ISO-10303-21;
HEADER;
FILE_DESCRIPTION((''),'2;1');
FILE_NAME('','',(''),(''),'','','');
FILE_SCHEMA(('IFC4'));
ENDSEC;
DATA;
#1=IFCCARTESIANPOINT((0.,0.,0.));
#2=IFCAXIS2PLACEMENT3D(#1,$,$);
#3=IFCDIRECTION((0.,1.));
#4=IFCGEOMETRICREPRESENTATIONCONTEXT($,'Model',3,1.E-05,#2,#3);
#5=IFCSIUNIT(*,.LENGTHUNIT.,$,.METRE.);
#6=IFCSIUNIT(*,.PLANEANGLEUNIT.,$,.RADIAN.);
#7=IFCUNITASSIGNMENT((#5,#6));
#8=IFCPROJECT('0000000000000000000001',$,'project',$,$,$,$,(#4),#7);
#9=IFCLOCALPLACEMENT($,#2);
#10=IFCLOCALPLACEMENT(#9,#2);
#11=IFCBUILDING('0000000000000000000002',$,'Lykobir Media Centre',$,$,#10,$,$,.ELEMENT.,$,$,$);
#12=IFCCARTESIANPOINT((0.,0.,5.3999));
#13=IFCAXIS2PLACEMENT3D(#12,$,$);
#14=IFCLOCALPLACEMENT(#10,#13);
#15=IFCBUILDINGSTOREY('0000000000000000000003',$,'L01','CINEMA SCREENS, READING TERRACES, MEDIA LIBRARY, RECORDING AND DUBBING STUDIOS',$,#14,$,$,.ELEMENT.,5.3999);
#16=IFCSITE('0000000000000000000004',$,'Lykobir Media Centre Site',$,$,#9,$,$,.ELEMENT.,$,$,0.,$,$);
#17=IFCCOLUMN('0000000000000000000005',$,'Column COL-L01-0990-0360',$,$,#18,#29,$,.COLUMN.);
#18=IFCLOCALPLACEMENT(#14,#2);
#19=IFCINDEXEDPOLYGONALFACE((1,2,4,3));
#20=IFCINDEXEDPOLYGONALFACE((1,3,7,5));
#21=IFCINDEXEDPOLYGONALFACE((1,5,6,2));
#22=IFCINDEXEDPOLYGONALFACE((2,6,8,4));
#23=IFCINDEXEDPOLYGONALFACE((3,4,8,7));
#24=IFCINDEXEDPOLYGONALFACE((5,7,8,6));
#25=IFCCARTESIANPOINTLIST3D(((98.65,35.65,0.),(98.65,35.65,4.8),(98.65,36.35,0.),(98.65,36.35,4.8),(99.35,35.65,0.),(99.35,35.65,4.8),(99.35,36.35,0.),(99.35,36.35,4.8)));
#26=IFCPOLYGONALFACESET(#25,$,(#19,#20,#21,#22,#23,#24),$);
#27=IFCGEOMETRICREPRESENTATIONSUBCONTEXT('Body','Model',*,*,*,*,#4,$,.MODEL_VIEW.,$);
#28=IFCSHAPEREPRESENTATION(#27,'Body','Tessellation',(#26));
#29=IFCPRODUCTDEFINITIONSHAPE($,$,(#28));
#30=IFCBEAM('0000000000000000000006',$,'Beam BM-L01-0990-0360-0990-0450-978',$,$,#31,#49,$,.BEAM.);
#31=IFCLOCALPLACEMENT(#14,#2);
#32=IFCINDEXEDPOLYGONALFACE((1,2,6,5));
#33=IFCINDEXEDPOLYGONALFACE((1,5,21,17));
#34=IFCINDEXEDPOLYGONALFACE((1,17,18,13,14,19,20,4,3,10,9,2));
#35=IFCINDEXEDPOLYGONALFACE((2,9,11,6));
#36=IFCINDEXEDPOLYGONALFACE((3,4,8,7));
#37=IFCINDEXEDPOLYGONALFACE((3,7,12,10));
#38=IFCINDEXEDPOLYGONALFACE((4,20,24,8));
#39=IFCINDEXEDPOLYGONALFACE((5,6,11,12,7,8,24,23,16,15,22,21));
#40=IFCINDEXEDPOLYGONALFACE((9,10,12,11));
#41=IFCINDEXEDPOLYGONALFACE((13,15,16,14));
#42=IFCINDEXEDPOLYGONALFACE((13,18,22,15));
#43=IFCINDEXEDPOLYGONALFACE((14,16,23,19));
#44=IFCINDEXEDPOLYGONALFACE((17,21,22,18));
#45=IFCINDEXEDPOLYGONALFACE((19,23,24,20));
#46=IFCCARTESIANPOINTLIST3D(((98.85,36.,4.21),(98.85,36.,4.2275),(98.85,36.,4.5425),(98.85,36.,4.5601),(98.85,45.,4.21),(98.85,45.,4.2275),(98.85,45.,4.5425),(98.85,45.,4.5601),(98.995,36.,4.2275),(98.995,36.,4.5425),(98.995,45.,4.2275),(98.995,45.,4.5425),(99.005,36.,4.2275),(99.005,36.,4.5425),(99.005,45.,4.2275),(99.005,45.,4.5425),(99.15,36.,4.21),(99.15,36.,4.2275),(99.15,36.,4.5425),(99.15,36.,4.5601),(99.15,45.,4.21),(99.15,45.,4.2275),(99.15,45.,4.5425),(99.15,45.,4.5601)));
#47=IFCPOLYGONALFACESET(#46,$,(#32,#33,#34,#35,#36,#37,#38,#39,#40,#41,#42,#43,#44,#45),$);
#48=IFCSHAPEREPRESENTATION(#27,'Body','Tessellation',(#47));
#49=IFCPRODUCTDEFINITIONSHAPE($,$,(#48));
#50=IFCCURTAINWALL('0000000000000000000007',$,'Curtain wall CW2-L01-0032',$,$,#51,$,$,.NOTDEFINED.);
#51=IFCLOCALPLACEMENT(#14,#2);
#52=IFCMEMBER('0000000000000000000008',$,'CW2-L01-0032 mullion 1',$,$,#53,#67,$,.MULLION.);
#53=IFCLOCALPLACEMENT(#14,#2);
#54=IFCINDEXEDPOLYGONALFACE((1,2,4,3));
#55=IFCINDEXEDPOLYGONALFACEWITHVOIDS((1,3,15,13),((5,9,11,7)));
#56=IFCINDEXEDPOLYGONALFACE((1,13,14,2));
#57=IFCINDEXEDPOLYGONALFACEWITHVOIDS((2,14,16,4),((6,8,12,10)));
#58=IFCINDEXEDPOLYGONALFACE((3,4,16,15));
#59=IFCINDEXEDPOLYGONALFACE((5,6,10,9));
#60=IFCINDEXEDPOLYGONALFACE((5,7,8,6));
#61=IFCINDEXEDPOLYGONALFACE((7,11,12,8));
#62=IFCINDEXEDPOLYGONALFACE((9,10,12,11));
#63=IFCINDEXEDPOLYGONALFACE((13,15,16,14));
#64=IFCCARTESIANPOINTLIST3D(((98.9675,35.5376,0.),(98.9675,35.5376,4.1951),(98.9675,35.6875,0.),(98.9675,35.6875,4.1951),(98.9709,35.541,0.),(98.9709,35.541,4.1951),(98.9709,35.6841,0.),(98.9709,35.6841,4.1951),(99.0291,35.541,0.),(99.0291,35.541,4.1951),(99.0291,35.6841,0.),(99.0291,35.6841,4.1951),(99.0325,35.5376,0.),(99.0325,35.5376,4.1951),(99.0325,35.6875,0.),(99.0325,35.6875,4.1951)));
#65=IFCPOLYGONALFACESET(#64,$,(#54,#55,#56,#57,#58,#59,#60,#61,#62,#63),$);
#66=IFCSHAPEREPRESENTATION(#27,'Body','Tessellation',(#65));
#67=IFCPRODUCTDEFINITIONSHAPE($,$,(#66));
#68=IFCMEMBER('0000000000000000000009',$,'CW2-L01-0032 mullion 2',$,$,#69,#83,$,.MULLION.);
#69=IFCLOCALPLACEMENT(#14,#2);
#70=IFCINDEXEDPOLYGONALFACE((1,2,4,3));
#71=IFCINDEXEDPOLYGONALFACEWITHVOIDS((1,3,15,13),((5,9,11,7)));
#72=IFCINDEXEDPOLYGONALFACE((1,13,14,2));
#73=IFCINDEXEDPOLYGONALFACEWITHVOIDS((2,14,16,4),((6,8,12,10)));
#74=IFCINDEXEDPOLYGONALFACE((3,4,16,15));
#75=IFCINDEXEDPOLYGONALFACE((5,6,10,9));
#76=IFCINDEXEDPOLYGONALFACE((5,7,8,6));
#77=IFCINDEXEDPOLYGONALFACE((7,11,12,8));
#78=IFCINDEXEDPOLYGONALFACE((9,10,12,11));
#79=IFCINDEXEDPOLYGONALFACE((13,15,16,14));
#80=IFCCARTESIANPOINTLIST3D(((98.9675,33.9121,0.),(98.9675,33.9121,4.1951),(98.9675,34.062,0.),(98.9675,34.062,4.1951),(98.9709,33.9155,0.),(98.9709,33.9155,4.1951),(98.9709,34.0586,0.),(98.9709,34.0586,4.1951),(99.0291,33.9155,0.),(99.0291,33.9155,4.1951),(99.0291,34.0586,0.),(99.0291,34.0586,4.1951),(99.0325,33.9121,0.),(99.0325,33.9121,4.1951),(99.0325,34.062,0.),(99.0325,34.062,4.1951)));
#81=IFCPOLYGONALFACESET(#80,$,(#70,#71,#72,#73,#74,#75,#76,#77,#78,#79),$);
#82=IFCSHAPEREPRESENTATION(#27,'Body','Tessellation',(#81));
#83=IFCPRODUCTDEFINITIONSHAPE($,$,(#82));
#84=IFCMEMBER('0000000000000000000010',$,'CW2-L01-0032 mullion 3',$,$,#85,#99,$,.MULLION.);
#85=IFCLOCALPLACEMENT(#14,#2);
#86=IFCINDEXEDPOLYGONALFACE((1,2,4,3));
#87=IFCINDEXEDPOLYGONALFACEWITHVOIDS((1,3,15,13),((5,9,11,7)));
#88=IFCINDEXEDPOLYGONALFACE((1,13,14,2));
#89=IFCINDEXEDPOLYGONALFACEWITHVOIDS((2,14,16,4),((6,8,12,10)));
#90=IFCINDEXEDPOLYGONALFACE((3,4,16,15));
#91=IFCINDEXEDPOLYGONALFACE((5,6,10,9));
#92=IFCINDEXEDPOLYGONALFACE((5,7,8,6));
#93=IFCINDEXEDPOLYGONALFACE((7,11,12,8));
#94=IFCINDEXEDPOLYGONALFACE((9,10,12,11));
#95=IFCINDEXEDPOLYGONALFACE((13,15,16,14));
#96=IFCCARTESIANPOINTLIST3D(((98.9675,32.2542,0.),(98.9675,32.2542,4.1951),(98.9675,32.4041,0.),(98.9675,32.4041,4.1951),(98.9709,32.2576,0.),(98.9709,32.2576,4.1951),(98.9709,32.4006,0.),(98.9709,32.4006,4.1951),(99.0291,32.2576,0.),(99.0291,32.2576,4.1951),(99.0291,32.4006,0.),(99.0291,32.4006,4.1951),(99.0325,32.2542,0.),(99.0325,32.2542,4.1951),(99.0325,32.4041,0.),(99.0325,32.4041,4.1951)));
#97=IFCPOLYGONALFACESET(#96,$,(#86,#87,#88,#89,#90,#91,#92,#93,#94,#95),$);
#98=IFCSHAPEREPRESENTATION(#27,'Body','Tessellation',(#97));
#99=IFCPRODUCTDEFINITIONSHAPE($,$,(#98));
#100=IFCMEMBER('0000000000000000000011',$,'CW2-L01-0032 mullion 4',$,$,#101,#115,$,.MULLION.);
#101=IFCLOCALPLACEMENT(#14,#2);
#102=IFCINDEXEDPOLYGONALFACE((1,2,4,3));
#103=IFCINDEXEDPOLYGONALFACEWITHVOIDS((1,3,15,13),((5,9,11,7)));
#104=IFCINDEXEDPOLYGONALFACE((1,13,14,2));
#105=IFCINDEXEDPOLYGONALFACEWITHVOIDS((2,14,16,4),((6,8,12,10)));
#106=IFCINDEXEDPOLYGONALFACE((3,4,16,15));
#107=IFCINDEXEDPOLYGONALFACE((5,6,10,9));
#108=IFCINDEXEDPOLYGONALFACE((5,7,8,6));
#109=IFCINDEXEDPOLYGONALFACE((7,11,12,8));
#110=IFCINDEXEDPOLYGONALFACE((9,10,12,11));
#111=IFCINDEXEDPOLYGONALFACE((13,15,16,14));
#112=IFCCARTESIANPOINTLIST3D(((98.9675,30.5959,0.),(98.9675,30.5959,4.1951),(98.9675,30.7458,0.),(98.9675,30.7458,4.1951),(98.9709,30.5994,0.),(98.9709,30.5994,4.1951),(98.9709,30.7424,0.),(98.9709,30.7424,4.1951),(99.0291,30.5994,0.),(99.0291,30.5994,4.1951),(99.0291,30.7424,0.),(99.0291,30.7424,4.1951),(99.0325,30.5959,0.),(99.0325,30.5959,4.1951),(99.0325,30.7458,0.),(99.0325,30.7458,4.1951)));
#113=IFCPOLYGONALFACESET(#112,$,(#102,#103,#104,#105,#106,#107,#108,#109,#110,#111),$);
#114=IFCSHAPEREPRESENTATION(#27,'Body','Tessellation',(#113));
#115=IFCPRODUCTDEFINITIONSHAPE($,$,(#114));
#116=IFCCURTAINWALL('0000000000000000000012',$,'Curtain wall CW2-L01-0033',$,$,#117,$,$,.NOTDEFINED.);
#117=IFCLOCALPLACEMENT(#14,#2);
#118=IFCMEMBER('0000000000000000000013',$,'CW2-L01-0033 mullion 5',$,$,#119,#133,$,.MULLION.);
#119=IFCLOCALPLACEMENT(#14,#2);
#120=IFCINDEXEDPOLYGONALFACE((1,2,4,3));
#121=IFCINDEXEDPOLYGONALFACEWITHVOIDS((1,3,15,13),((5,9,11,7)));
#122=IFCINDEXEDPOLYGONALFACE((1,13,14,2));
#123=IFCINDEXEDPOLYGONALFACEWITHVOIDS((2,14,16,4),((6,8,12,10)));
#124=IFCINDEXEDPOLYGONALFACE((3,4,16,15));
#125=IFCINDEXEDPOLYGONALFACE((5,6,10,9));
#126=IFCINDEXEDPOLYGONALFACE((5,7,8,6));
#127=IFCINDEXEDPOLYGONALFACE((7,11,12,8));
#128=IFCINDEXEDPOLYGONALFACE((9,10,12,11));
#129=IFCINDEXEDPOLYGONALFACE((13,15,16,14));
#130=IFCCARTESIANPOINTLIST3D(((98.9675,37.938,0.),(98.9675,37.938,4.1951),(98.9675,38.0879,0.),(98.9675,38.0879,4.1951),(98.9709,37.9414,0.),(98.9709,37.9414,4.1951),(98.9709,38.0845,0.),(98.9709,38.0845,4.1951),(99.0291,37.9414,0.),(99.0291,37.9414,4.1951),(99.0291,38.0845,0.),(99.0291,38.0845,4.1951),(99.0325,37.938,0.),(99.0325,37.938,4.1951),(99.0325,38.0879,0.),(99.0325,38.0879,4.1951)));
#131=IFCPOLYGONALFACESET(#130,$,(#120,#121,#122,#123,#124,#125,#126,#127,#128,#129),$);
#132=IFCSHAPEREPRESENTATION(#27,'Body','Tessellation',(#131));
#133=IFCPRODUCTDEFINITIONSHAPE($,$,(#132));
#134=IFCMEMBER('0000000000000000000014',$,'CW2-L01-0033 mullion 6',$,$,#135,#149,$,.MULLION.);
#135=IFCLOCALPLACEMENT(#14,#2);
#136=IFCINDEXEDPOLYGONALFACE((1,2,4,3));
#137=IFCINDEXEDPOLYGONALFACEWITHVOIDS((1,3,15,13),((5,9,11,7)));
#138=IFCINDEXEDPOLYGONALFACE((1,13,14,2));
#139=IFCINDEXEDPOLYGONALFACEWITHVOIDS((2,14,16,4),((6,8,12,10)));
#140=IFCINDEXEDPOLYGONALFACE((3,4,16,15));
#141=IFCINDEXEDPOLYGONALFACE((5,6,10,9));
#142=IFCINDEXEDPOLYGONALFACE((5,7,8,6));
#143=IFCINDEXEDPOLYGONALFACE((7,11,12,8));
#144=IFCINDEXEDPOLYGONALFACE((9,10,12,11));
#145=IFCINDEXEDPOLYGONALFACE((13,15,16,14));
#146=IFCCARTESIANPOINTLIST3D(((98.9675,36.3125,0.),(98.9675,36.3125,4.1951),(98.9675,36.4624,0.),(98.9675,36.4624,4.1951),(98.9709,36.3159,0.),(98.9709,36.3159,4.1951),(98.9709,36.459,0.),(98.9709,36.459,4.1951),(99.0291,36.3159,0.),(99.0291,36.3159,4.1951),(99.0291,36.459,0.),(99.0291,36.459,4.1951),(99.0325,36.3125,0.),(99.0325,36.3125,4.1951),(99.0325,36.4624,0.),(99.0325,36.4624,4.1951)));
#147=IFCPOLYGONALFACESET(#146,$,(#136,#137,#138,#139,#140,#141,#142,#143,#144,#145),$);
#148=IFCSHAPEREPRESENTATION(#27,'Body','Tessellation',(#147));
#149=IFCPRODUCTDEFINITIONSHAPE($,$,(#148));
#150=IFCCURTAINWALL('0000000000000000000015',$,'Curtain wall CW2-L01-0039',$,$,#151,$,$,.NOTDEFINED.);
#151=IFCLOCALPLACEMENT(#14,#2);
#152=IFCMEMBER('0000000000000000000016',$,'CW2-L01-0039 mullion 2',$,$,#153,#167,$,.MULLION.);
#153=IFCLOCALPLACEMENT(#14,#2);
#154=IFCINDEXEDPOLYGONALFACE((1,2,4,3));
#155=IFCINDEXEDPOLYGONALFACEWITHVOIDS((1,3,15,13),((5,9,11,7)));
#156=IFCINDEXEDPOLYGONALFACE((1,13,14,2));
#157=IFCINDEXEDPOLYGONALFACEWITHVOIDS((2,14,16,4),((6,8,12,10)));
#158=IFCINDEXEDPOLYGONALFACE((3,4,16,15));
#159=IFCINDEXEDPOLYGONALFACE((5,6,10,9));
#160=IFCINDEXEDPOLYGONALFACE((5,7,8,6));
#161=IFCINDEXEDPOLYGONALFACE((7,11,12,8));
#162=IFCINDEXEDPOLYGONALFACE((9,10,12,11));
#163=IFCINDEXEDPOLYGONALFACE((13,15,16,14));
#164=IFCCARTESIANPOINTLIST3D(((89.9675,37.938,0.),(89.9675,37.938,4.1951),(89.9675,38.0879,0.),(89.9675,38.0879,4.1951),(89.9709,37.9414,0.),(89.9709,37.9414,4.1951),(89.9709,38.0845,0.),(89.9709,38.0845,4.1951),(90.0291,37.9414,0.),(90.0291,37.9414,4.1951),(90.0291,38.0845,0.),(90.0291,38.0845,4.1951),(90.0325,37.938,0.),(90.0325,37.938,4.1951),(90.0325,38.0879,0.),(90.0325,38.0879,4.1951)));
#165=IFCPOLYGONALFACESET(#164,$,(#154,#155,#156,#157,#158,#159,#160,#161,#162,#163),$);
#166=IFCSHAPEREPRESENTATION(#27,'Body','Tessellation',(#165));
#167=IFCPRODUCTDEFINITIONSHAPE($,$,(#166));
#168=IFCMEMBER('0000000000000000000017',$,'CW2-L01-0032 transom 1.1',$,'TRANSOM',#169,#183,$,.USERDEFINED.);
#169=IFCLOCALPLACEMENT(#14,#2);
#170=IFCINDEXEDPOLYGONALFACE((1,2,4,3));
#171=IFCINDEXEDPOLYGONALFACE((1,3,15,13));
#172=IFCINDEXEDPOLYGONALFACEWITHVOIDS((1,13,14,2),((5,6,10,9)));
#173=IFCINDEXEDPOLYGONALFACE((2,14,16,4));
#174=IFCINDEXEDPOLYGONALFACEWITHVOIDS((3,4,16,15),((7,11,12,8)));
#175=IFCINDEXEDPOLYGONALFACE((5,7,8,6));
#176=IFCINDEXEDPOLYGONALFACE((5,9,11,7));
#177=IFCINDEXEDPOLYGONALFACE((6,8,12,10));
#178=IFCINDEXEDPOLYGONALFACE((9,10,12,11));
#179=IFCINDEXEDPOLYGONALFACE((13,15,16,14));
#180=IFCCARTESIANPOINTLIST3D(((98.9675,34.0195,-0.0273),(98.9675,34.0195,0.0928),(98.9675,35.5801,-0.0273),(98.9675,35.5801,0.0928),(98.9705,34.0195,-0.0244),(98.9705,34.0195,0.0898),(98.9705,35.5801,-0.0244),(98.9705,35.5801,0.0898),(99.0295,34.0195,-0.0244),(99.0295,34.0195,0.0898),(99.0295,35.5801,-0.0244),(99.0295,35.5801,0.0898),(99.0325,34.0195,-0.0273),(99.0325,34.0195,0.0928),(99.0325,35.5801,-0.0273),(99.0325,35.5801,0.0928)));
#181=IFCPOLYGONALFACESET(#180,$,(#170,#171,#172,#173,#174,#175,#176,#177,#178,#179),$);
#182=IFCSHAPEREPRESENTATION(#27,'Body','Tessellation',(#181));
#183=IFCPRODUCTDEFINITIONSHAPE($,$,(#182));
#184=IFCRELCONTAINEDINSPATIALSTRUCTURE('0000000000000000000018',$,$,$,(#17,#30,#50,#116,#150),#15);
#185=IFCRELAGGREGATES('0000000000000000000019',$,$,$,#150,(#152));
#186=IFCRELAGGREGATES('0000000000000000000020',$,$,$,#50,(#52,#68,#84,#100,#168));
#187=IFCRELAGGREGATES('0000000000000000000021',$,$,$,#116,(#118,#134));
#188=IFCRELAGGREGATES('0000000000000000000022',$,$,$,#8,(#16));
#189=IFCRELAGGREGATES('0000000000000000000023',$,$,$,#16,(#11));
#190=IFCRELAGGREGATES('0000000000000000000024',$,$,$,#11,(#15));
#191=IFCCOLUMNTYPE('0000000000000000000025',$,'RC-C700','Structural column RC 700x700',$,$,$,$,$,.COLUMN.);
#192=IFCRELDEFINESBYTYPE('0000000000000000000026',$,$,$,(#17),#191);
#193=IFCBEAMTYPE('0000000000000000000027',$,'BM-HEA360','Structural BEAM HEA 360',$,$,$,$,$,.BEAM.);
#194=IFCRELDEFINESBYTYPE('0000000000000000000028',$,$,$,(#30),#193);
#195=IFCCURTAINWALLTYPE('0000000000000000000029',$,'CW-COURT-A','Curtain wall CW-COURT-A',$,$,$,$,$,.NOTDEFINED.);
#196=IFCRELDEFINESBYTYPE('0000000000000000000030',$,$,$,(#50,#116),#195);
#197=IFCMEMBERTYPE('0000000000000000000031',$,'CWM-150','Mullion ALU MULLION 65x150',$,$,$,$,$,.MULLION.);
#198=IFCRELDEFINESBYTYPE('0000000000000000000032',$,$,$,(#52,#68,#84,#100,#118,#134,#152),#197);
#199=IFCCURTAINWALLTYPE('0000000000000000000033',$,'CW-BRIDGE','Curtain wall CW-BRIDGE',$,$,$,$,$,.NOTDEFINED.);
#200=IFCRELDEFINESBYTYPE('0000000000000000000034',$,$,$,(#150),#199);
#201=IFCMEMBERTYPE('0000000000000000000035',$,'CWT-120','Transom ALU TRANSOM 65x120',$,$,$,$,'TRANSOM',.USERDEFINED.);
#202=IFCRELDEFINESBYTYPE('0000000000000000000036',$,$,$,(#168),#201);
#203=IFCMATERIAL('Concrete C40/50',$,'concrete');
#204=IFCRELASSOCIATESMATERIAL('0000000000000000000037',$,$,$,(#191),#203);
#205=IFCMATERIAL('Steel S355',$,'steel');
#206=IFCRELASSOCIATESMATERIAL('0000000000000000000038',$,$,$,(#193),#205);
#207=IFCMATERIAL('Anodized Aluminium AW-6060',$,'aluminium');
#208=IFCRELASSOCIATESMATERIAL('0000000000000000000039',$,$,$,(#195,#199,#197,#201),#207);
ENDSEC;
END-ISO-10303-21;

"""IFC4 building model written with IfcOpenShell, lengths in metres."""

from ifc_helpers import new_model, si_unit, direction, frame, origin, origin_2d, place, context, subcontext, project, spatial, rectangle, hollow_rectangle, i_section, extrude, material, material_profile, profile_set, type_object, element, aggregate, save


model = new_model("IFC4")

# Units and contexts
model_context = context("Model", 3, precision=1e-05, world=origin(), true_north=direction((0.0, 1.0)))
body_context = subcontext(model_context, "Body", "Model", "MODEL_VIEW")
ifc_project = project(units=[si_unit("LENGTHUNIT", "METRE"), si_unit("PLANEANGLEUNIT", "RADIAN")], contexts=[model_context])

# Site, building, storey
site_placement = place(None, origin())
site = spatial("IfcSite", under=ifc_project, at=site_placement, Name="Lykobir Media Centre Site", CompositionType="ELEMENT", RefElevation=0.0)
building_placement = place(site_placement, origin())
building = spatial("IfcBuilding", under=site, at=building_placement, Name="Lykobir Media Centre", CompositionType="ELEMENT")
storey_placement = place(building_placement, frame((0.0, 0.0, 5.3999)))
storey = spatial("IfcBuildingStorey", under=building, at=storey_placement, Name="L01", Description="CINEMA SCREENS, READING TERRACES, MEDIA LIBRARY, RECORDING AND DUBBING STUDIOS", CompositionType="ELEMENT", Elevation=5.3999)

# Column
ifc_material_1 = material(Name="Concrete C40/50", Category="concrete")
ifc_material_profile_1 = material_profile(ifc_material_1, rectangle(XDim=0.7, YDim=0.7, at=origin_2d()), Name="RC 700x700")
ifc_profile_set_1 = profile_set([ifc_material_profile_1], Name="Concrete C40/50")
column_type = type_object("IfcColumnType", Name="RC-C700", Description="Structural column RC 700x700", PredefinedType="COLUMN", material=ifc_profile_set_1)
column_placement = place(storey_placement, frame((99.0, 36.0, 0.0), z_axis=(0.0, 0.0, 1.0), x_axis=(1.0, 0.0, 0.0)))
element("IfcColumn", 1, at=column_placement, inside=storey, type_object=column_type, Name="Column COL-L01-0990-0360", PredefinedType="COLUMN", context=body_context, shape_type="SweptSolid", body=[
    extrude(rectangle(XDim=0.7, YDim=0.7, at=origin_2d()), origin(), (0.0, 0.0, 1.0), 4.8),
])

# Beam
ifc_material_2 = material(Name="Steel S355", Category="steel")
ifc_material_profile_2 = material_profile(ifc_material_2, i_section(OverallWidth=0.3, OverallDepth=0.3501, WebThickness=0.01, FlangeThickness=0.0176, at=origin_2d()), Name="HEA 360")
ifc_profile_set_2 = profile_set([ifc_material_profile_2], Name="Steel S355")
beam_type_1 = type_object("IfcBeamType", Name="BM-HEA360", Description="Structural BEAM HEA 360", PredefinedType="BEAM", material=ifc_profile_set_2)
beam_placement = place(storey_placement, frame((99.0, 36.0, 4.385), z_axis=(0.0, 1.0, 0.0), x_axis=(-1.0, 0.0, 0.0)))
element("IfcBeam", 2, at=beam_placement, inside=storey, type_object=beam_type_1, Name="Beam BM-L01-0990-0360-0990-0450-978", PredefinedType="BEAM", context=body_context, shape_type="SweptSolid", body=[
    extrude(i_section(OverallWidth=0.3, OverallDepth=0.3501, WebThickness=0.01, FlangeThickness=0.0176, at=origin_2d()), origin(), (0.0, 0.0, 1.0), 9.0),
])

# Curtain walls, members
ifc_material_3 = material(Name="Anodized Aluminium AW-6060", Category="aluminium")
curtain_wall_type_1 = type_object("IfcCurtainWallType", Name="CW-COURT-A", Description="Curtain wall CW-COURT-A", PredefinedType="NOTDEFINED", material=ifc_material_3)
curtain_wall_1_placement = place(storey_placement, origin())
curtain_wall_1 = element("IfcCurtainWall", 3, at=curtain_wall_1_placement, inside=storey, type_object=curtain_wall_type_1, Name="Curtain wall CW2-L01-0032", PredefinedType="NOTDEFINED")
ifc_material_profile_3 = material_profile(ifc_material_3, hollow_rectangle(XDim=0.0649, YDim=0.1499, WallThickness=0.0034, at=origin_2d()), Name="ALU MULLION 65x150")
ifc_profile_set_3 = profile_set([ifc_material_profile_3], Name="Anodized Aluminium AW-6060")
member_type_1 = type_object("IfcMemberType", Name="CWM-150", Description="Mullion ALU MULLION 65x150", PredefinedType="MULLION", material=ifc_profile_set_3)
member_1_placement = place(storey_placement, frame((99.0, 35.6125, 0.0), z_axis=(0.0, 0.0, 1.0), x_axis=(1.0, 0.0, 0.0)))
member_1 = element("IfcMember", 4, at=member_1_placement, type_object=member_type_1, Name="CW2-L01-0032 mullion 1", PredefinedType="MULLION", context=body_context, shape_type="SweptSolid", body=[
    extrude(hollow_rectangle(XDim=0.0649, YDim=0.1499, WallThickness=0.0034, at=origin_2d()), origin(), (0.0, 0.0, 1.0), 4.1951),
])
member_2_placement = place(storey_placement, frame((99.0, 33.9871, 0.0), z_axis=(0.0, 0.0, 1.0), x_axis=(1.0, 0.0, 0.0)))
member_2 = element("IfcMember", 5, at=member_2_placement, type_object=member_type_1, Name="CW2-L01-0032 mullion 2", PredefinedType="MULLION", context=body_context, shape_type="SweptSolid", body=[
    extrude(hollow_rectangle(XDim=0.0649, YDim=0.1499, WallThickness=0.0034, at=origin_2d()), origin(), (0.0, 0.0, 1.0), 4.1951),
])
member_3_placement = place(storey_placement, frame((99.0, 32.3291, 0.0), z_axis=(0.0, 0.0, 1.0), x_axis=(1.0, 0.0, 0.0)))
member_3 = element("IfcMember", 6, at=member_3_placement, type_object=member_type_1, Name="CW2-L01-0032 mullion 3", PredefinedType="MULLION", context=body_context, shape_type="SweptSolid", body=[
    extrude(hollow_rectangle(XDim=0.0649, YDim=0.1499, WallThickness=0.0034, at=origin_2d()), origin(), (0.0, 0.0, 1.0), 4.1951),
])
member_4_placement = place(storey_placement, frame((99.0, 30.6709, 0.0), z_axis=(0.0, 0.0, 1.0), x_axis=(1.0, 0.0, 0.0)))
member_4 = element("IfcMember", 7, at=member_4_placement, type_object=member_type_1, Name="CW2-L01-0032 mullion 4", PredefinedType="MULLION", context=body_context, shape_type="SweptSolid", body=[
    extrude(hollow_rectangle(XDim=0.0649, YDim=0.1499, WallThickness=0.0034, at=origin_2d()), origin(), (0.0, 0.0, 1.0), 4.1951),
])
curtain_wall_2_placement = place(storey_placement, origin())
curtain_wall_2 = element("IfcCurtainWall", 8, at=curtain_wall_2_placement, inside=storey, type_object=curtain_wall_type_1, Name="Curtain wall CW2-L01-0033", PredefinedType="NOTDEFINED")
member_5_placement = place(storey_placement, frame((99.0, 38.0129, 0.0), z_axis=(0.0, 0.0, 1.0), x_axis=(1.0, 0.0, 0.0)))
member_5 = element("IfcMember", 9, at=member_5_placement, type_object=member_type_1, Name="CW2-L01-0033 mullion 5", PredefinedType="MULLION", context=body_context, shape_type="SweptSolid", body=[
    extrude(hollow_rectangle(XDim=0.0649, YDim=0.1499, WallThickness=0.0034, at=origin_2d()), origin(), (0.0, 0.0, 1.0), 4.1951),
])
member_6_placement = place(storey_placement, frame((99.0, 36.3875, 0.0), z_axis=(0.0, 0.0, 1.0), x_axis=(1.0, 0.0, 0.0)))
member_6 = element("IfcMember", 10, at=member_6_placement, type_object=member_type_1, Name="CW2-L01-0033 mullion 6", PredefinedType="MULLION", context=body_context, shape_type="SweptSolid", body=[
    extrude(hollow_rectangle(XDim=0.0649, YDim=0.1499, WallThickness=0.0034, at=origin_2d()), origin(), (0.0, 0.0, 1.0), 4.1951),
])

# Curtain wall, member
curtain_wall_type_2 = type_object("IfcCurtainWallType", Name="CW-BRIDGE", Description="Curtain wall CW-BRIDGE", PredefinedType="NOTDEFINED", material=ifc_material_3)
curtain_wall_3_placement = place(storey_placement, origin())
curtain_wall_3 = element("IfcCurtainWall", 11, at=curtain_wall_3_placement, inside=storey, type_object=curtain_wall_type_2, Name="Curtain wall CW2-L01-0039", PredefinedType="NOTDEFINED")
member_7_placement = place(storey_placement, frame((90.0, 38.0129, 0.0), z_axis=(0.0, 0.0, 1.0), x_axis=(-1.0, 0.0, 0.0)))
member_7 = element("IfcMember", 12, at=member_7_placement, type_object=member_type_1, Name="CW2-L01-0039 mullion 2", PredefinedType="MULLION", context=body_context, shape_type="SweptSolid", body=[
    extrude(hollow_rectangle(XDim=0.0649, YDim=0.1499, WallThickness=0.0034, at=origin_2d()), origin(), (0.0, 0.0, 1.0), 4.1951),
])

# Member
ifc_material_profile_4 = material_profile(ifc_material_3, hollow_rectangle(XDim=0.0649, YDim=0.1201, WallThickness=0.0029, at=origin_2d()), Name="ALU TRANSOM 65x120")
ifc_profile_set_4 = profile_set([ifc_material_profile_4], Name="Anodized Aluminium AW-6060")
member_type_2 = type_object("IfcMemberType", Name="CWT-120", Description="Transom ALU TRANSOM 65x120", ElementType="TRANSOM", PredefinedType="USERDEFINED", material=ifc_profile_set_4)
member_8_placement = place(storey_placement, frame((99.0, 35.5801, 0.0327), z_axis=(0.0, -1.0, 0.0), x_axis=(1.0, 0.0, 0.0)))
member_8 = element("IfcMember", 13, at=member_8_placement, type_object=member_type_2, Name="CW2-L01-0032 transom 1.1", ObjectType="TRANSOM", PredefinedType="USERDEFINED", context=body_context, shape_type="SweptSolid", body=[
    extrude(hollow_rectangle(XDim=0.0649, YDim=0.1201, WallThickness=0.0029, at=origin_2d()), origin(), (0.0, 0.0, 1.0), 1.5605),
])

aggregate(curtain_wall_3, [member_7])
aggregate(curtain_wall_1, [member_1, member_2, member_3, member_4, member_8])
aggregate(curtain_wall_2, [member_5, member_6])

save(model, "model.ifc")
